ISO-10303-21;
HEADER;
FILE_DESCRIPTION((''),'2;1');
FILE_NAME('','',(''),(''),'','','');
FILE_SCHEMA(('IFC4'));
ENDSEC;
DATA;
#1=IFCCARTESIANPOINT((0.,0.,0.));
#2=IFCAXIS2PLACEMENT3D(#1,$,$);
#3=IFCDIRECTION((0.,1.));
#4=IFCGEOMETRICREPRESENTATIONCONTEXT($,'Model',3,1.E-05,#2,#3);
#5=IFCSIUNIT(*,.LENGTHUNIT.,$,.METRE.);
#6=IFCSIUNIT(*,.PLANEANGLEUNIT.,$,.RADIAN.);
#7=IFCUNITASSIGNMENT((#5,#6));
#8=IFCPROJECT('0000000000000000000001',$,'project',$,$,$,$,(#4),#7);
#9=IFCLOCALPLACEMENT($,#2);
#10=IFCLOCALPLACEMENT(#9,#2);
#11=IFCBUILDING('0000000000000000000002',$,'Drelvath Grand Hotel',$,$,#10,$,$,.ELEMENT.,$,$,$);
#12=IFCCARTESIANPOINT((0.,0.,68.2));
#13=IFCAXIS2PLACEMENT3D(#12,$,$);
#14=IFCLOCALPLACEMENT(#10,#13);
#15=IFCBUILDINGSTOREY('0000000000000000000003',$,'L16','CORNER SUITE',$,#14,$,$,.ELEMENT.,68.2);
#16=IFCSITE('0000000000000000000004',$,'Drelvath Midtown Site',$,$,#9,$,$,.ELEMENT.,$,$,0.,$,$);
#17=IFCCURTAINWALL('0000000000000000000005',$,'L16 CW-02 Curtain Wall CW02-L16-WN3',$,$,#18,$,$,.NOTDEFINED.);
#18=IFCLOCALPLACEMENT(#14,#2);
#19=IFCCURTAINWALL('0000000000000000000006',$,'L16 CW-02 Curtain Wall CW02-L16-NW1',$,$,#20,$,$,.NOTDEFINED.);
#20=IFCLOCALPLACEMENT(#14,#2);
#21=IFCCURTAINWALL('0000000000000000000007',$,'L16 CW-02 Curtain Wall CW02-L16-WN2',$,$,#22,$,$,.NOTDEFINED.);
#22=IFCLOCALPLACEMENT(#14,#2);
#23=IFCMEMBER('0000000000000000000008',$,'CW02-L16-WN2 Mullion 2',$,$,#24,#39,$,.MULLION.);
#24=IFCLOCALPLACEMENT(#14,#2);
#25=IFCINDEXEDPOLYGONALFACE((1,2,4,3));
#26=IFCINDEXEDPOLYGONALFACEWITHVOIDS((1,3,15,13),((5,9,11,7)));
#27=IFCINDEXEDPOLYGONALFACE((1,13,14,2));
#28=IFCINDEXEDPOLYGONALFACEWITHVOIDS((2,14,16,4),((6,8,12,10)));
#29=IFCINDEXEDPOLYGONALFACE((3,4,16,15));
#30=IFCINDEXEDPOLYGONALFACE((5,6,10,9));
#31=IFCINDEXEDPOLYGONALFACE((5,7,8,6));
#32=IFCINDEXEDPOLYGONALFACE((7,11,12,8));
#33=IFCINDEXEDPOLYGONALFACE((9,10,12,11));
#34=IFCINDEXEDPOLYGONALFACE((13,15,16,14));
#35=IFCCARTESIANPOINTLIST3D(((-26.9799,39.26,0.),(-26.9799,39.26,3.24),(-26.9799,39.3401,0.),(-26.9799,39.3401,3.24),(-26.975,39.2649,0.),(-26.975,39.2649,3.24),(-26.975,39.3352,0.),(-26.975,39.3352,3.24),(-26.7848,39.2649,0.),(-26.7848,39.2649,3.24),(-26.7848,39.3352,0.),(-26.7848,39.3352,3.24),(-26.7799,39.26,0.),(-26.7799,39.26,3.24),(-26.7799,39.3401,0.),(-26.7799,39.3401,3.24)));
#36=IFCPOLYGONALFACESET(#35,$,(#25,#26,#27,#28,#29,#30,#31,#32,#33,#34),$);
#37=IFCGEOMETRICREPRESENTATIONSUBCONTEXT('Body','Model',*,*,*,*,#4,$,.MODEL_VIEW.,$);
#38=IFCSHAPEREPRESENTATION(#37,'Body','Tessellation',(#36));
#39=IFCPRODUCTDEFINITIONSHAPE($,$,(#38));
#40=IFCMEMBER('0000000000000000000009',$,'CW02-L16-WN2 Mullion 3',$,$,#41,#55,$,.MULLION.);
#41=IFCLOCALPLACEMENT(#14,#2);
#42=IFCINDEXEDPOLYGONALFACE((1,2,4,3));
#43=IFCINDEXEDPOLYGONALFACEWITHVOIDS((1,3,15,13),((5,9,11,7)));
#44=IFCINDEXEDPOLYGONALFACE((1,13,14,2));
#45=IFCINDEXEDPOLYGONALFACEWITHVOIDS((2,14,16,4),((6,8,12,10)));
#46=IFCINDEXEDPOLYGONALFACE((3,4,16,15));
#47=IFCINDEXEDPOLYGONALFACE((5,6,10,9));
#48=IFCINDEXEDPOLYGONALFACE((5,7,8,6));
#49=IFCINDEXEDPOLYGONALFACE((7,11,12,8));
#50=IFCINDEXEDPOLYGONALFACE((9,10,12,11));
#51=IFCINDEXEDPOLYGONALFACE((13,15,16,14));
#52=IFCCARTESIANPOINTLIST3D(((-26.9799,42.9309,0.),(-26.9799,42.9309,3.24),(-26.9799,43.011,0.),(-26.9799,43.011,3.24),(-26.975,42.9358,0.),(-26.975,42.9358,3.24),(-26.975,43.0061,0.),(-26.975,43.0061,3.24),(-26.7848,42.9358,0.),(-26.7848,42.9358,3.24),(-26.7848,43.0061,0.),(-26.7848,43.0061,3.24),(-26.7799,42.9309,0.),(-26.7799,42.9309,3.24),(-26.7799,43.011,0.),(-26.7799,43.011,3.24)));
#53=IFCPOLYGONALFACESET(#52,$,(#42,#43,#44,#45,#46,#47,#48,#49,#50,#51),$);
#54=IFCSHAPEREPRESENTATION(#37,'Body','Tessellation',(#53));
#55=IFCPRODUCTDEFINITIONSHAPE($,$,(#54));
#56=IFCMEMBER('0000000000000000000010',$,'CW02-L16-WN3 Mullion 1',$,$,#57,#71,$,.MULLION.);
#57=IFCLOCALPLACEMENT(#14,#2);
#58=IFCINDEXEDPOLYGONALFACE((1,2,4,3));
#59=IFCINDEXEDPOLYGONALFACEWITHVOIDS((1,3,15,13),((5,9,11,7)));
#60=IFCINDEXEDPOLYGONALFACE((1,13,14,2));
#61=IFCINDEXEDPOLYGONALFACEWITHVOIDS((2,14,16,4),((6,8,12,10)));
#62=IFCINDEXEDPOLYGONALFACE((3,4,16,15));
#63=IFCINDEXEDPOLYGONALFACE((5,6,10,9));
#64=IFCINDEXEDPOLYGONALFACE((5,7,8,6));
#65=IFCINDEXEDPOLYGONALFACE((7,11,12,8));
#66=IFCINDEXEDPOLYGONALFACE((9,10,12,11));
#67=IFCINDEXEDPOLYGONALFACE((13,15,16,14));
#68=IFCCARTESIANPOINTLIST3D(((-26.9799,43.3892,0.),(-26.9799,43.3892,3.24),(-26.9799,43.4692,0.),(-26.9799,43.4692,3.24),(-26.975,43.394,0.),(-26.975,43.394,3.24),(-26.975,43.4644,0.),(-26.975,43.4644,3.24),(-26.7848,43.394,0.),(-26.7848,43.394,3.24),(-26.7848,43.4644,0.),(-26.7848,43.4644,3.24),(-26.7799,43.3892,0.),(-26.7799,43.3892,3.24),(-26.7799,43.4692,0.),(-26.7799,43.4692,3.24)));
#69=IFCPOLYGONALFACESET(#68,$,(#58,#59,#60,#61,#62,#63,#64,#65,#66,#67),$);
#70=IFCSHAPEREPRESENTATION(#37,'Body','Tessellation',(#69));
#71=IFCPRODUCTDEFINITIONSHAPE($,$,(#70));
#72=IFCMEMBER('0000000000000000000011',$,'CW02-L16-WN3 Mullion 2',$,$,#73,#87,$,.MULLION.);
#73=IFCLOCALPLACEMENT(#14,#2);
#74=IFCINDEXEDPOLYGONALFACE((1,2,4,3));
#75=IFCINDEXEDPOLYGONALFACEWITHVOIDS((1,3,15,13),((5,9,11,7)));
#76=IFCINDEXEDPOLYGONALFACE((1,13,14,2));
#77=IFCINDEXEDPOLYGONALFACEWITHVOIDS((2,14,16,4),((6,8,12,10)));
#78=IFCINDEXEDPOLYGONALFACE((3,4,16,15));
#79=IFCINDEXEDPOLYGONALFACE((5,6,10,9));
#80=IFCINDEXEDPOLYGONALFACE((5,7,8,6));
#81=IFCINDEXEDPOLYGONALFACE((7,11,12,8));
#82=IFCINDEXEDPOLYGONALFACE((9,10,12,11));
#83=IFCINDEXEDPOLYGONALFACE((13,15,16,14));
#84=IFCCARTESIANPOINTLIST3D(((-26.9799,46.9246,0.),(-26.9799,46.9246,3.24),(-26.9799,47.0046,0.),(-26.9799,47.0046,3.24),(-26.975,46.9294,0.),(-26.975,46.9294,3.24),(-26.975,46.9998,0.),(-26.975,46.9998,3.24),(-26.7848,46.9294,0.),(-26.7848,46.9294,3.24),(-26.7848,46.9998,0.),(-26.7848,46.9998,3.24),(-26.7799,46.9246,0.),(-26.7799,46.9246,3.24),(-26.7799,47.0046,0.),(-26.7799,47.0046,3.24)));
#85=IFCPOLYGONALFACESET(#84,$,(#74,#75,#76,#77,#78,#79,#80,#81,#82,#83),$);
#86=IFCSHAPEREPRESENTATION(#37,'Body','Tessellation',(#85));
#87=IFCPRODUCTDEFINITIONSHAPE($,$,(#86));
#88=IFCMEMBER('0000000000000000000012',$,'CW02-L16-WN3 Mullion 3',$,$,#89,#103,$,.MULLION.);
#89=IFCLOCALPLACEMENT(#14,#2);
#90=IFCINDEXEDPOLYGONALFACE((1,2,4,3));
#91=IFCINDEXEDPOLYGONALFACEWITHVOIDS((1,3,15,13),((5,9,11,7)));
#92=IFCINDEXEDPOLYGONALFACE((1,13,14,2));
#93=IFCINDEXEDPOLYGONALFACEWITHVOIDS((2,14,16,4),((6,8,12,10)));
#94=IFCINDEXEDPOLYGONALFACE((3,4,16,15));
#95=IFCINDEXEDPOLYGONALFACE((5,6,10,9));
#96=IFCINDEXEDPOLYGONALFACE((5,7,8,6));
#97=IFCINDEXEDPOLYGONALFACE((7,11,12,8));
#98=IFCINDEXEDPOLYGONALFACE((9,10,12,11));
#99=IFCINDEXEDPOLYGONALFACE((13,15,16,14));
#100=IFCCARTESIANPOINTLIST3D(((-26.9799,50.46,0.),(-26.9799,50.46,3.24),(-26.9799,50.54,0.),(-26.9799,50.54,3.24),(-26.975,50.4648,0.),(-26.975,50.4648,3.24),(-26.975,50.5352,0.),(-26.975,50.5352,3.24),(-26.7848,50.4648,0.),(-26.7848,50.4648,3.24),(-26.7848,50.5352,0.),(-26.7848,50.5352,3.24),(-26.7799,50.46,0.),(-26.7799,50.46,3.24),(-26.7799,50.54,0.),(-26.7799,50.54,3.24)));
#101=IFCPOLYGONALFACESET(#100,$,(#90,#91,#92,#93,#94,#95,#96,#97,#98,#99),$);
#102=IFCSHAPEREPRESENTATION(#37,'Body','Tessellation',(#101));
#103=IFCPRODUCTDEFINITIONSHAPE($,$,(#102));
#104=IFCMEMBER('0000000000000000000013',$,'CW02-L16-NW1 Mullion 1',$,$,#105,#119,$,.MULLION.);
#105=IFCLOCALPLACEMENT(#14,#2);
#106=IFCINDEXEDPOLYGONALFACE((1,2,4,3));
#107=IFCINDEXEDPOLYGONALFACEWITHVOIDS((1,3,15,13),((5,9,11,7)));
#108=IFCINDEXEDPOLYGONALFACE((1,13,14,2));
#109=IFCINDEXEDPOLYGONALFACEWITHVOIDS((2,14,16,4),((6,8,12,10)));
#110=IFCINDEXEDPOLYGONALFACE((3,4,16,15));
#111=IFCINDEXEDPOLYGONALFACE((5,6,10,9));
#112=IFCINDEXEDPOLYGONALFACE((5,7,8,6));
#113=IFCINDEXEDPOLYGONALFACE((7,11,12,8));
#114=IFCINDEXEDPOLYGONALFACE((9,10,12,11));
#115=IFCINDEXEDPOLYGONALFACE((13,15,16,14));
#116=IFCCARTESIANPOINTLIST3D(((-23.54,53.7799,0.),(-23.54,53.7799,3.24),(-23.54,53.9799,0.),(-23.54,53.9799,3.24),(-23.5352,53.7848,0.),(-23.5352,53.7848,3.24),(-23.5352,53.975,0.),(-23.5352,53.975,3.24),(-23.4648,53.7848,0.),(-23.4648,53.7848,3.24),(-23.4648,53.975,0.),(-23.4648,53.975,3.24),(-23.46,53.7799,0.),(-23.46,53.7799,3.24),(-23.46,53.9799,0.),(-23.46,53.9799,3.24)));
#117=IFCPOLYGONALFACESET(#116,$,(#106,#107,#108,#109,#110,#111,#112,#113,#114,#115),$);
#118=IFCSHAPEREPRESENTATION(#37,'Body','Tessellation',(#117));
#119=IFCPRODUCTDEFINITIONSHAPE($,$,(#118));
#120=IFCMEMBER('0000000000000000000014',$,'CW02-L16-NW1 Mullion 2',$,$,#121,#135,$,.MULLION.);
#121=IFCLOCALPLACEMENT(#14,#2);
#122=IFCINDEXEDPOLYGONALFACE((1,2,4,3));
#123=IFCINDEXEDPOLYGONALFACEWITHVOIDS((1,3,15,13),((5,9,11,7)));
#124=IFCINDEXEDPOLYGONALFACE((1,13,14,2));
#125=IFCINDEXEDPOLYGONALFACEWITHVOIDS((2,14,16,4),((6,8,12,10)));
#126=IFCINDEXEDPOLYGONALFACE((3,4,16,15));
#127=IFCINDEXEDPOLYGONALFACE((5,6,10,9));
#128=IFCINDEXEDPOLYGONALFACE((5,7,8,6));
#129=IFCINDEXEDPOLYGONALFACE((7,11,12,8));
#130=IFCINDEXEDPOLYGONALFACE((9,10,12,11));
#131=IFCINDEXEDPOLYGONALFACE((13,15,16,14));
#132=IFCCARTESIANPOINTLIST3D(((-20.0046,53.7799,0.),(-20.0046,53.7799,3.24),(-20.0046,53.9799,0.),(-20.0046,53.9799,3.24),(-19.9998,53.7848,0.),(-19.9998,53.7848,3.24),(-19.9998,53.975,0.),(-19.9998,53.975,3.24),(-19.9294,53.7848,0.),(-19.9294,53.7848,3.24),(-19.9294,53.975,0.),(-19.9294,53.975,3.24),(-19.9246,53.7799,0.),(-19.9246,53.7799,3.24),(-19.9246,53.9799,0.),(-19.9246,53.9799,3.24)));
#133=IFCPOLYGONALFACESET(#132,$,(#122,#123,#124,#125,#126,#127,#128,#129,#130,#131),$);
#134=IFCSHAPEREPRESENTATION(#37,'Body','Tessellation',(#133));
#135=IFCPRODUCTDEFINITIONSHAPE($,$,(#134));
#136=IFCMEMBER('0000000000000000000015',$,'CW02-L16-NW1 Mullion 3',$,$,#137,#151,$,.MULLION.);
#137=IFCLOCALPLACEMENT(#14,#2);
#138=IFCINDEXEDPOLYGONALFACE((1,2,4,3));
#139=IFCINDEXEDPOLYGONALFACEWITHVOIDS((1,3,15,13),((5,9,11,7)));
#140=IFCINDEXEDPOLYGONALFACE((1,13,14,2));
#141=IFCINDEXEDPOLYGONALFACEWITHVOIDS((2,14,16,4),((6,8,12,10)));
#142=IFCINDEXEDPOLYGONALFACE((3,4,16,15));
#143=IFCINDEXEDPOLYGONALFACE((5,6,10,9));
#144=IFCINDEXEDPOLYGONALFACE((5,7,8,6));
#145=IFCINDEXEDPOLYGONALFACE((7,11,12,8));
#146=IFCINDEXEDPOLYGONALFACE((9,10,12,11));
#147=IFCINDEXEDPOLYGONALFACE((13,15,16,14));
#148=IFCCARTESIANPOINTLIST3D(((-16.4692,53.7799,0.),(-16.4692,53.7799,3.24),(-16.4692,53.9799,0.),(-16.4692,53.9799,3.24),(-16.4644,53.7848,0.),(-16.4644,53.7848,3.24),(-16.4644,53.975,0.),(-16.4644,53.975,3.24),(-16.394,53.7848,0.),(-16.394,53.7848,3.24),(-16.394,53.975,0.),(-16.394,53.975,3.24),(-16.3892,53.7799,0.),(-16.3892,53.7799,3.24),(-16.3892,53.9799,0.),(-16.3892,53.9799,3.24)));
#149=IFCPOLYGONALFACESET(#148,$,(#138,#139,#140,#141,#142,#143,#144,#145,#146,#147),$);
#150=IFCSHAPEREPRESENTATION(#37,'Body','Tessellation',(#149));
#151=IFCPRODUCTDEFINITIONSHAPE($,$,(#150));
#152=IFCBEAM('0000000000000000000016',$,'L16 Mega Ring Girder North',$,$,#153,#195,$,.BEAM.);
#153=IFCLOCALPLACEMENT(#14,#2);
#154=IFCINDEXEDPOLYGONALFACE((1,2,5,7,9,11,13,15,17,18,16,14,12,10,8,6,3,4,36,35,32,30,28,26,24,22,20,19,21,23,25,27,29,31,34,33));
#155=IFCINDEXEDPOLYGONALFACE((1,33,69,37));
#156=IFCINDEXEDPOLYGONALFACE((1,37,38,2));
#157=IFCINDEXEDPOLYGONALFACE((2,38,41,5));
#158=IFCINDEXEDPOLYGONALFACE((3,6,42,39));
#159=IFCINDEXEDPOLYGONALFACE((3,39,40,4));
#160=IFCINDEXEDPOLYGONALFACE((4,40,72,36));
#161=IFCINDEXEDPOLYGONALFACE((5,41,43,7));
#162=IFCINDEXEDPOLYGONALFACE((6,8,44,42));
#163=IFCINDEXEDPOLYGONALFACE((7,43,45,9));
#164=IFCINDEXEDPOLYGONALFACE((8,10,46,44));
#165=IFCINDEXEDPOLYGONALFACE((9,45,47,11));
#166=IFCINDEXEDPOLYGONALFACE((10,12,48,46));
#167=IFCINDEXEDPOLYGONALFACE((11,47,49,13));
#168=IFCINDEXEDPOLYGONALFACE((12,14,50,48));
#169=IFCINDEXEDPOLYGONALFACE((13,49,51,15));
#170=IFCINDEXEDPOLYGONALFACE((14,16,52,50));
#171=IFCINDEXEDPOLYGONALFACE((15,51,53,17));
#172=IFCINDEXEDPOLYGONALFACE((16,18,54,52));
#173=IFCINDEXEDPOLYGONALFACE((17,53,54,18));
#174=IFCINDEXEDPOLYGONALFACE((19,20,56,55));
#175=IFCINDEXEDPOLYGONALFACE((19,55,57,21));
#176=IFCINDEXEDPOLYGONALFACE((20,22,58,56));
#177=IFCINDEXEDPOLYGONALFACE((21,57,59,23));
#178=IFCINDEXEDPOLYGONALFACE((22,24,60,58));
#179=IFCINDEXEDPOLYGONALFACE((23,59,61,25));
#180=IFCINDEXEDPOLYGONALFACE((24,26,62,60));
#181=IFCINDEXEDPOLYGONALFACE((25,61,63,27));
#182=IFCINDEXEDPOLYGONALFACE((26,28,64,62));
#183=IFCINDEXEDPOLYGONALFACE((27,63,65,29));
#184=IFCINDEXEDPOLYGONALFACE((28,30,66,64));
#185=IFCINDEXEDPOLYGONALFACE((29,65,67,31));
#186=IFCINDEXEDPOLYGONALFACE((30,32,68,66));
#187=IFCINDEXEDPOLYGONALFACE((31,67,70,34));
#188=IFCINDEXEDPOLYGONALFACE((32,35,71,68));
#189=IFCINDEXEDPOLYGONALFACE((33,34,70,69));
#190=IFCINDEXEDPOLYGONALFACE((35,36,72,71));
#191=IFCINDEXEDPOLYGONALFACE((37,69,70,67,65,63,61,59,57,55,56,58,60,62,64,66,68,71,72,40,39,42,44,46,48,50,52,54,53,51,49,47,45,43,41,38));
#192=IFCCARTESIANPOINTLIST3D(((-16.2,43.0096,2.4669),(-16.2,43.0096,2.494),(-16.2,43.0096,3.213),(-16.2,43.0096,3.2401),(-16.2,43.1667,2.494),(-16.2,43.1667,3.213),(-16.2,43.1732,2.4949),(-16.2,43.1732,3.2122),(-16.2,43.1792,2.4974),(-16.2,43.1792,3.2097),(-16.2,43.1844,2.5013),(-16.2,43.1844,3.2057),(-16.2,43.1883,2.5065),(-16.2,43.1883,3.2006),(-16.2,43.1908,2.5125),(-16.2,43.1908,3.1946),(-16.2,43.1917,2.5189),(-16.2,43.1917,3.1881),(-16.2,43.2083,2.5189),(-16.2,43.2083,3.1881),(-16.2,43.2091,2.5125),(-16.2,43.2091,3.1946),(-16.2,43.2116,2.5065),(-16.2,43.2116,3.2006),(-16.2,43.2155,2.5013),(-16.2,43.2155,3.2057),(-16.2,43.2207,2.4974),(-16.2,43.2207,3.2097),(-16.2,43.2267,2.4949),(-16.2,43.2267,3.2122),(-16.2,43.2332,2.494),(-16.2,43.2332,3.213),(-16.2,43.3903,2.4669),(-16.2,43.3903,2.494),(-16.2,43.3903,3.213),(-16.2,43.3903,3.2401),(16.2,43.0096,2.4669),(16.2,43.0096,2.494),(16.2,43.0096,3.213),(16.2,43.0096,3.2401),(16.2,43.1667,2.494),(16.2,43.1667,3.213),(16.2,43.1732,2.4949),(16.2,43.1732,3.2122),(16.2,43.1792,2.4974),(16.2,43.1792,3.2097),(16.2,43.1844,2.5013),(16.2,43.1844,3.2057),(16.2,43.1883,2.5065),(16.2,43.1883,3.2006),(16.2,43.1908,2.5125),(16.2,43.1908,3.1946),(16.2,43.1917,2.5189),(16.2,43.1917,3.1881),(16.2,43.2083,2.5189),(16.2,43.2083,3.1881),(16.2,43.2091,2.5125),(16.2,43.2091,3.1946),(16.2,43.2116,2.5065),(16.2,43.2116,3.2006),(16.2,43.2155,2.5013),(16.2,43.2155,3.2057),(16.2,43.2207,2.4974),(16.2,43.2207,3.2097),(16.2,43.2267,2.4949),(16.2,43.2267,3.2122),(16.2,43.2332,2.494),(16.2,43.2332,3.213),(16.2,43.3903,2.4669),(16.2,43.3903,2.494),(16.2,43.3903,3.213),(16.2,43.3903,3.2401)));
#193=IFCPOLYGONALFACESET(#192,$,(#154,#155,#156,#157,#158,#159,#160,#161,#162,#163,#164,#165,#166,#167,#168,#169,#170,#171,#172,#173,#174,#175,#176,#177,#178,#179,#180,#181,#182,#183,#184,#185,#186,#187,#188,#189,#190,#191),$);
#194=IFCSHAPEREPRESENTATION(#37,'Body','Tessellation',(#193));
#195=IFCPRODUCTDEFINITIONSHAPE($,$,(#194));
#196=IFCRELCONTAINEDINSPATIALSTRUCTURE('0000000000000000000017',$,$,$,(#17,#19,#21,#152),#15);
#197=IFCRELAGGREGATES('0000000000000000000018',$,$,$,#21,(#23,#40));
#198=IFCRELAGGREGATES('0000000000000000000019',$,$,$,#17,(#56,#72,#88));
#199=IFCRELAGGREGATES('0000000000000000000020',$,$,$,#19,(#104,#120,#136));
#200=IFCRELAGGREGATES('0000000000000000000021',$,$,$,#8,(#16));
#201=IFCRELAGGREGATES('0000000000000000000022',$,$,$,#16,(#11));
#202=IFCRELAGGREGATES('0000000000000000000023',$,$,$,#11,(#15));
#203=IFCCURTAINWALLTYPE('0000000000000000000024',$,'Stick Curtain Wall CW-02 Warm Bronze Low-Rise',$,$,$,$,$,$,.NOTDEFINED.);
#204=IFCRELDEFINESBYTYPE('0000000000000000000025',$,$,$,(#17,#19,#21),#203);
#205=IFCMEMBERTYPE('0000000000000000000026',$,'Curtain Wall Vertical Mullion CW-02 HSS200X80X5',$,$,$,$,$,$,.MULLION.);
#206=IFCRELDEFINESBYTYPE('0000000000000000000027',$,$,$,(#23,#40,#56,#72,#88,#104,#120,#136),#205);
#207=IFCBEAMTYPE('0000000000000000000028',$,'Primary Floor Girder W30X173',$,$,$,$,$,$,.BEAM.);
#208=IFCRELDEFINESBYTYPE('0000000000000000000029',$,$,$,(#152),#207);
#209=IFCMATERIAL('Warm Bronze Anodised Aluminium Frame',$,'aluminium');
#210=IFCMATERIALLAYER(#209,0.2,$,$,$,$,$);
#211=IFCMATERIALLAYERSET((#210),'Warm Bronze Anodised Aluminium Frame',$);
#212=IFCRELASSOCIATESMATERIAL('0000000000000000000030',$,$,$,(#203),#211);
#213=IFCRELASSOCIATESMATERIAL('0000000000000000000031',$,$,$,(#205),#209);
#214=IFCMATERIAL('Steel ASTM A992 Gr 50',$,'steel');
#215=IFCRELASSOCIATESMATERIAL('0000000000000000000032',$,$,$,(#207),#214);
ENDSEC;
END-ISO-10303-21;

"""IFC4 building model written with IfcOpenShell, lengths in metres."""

from ifc_helpers import new_model, si_unit, direction, frame, origin, origin_2d, place, context, subcontext, project, spatial, hollow_rectangle, i_section, extrude, material, layer, layer_set, material_profile, profile_set, type_object, element, aggregate, save


model = new_model("IFC4")

# Units and contexts
model_context = context("Model", 3, precision=1e-05, world=origin(), true_north=direction((0.0, 1.0)))
body_context = subcontext(model_context, "Body", "Model", "MODEL_VIEW")
ifc_project = project(units=[si_unit("LENGTHUNIT", "METRE"), si_unit("PLANEANGLEUNIT", "RADIAN")], contexts=[model_context])

# Site, building, storey
site_placement = place(None, origin())
site = spatial("IfcSite", under=ifc_project, at=site_placement, Name="Drelvath Midtown Site", CompositionType="ELEMENT", RefElevation=0.0)
building_placement = place(site_placement, origin())
building = spatial("IfcBuilding", under=site, at=building_placement, Name="Drelvath Grand Hotel", CompositionType="ELEMENT")
storey_placement = place(building_placement, frame((0.0, 0.0, 68.2)))
storey = spatial("IfcBuildingStorey", under=building, at=storey_placement, Name="L16", Description="CORNER SUITE", CompositionType="ELEMENT", Elevation=68.2)

# Shared definitions
ifc_material_1 = material(Name="Steel ASTM A992 Gr 50", Category="steel")

# Curtain walls
ifc_material_2 = material(Name="Warm Bronze Anodised Aluminium Frame", Category="aluminium")
ifc_layer_1 = layer(ifc_material_2, 0.2)
ifc_layer_set_1 = layer_set([ifc_layer_1], Name="Warm Bronze Anodised Aluminium Frame")
curtain_wall_type = type_object("IfcCurtainWallType", Name="Stick Curtain Wall CW-02 Warm Bronze Low-Rise", PredefinedType="NOTDEFINED", material=ifc_layer_set_1)
curtain_wall_1_placement = place(storey_placement, origin())
curtain_wall_1 = element("IfcCurtainWall", 1, at=curtain_wall_1_placement, inside=storey, type_object=curtain_wall_type, Name="L16 CW-02 Curtain Wall CW02-L16-WN3", PredefinedType="NOTDEFINED")
curtain_wall_2_placement = place(storey_placement, origin())
curtain_wall_2 = element("IfcCurtainWall", 2, at=curtain_wall_2_placement, inside=storey, type_object=curtain_wall_type, Name="L16 CW-02 Curtain Wall CW02-L16-NW1", PredefinedType="NOTDEFINED")

# Curtain wall, members
curtain_wall_3_placement = place(storey_placement, origin())
curtain_wall_3 = element("IfcCurtainWall", 3, at=curtain_wall_3_placement, inside=storey, type_object=curtain_wall_type, Name="L16 CW-02 Curtain Wall CW02-L16-WN2", PredefinedType="NOTDEFINED")
ifc_material_profile_1 = material_profile(ifc_material_2, hollow_rectangle(XDim=0.0801, YDim=0.2, WallThickness=0.0049, at=origin_2d()), Name="HSS200X80X5")
ifc_profile_set_1 = profile_set([ifc_material_profile_1], Name="Warm Bronze Anodised Aluminium Frame")
member_type_1 = type_object("IfcMemberType", Name="Curtain Wall Vertical Mullion CW-02 HSS200X80X5", PredefinedType="MULLION", material=ifc_profile_set_1)
member_1_placement = place(storey_placement, frame((-26.8799, 39.3, 0.0), z_axis=(0.0, 0.0, 1.0), x_axis=(0.0, 1.0, 0.0)))
member_1 = element("IfcMember", 4, at=member_1_placement, type_object=member_type_1, Name="CW02-L16-WN2 Mullion 2", PredefinedType="MULLION", context=body_context, shape_type="SweptSolid", body=[
    extrude(hollow_rectangle(XDim=0.0801, YDim=0.2, WallThickness=0.0049, at=origin_2d()), origin(), (0.0, 0.0, 1.0), 3.24),
])
member_2_placement = place(storey_placement, frame((-26.8799, 42.9709, 0.0), z_axis=(0.0, 0.0, 1.0), x_axis=(0.0, 1.0, 0.0)))
member_2 = element("IfcMember", 5, at=member_2_placement, type_object=member_type_1, Name="CW02-L16-WN2 Mullion 3", PredefinedType="MULLION", context=body_context, shape_type="SweptSolid", body=[
    extrude(hollow_rectangle(XDim=0.0801, YDim=0.2, WallThickness=0.0049, at=origin_2d()), origin(), (0.0, 0.0, 1.0), 3.24),
])

# Members
member_3_placement = place(storey_placement, frame((-26.8799, 43.4292, 0.0), z_axis=(0.0, 0.0, 1.0), x_axis=(0.0, 1.0, 0.0)))
member_3 = element("IfcMember", 6, at=member_3_placement, type_object=member_type_1, Name="CW02-L16-WN3 Mullion 1", PredefinedType="MULLION", context=body_context, shape_type="SweptSolid", body=[
    extrude(hollow_rectangle(XDim=0.0801, YDim=0.2, WallThickness=0.0049, at=origin_2d()), origin(), (0.0, 0.0, 1.0), 3.24),
])
member_4_placement = place(storey_placement, frame((-26.8799, 46.9646, 0.0), z_axis=(0.0, 0.0, 1.0), x_axis=(0.0, 1.0, 0.0)))
member_4 = element("IfcMember", 7, at=member_4_placement, type_object=member_type_1, Name="CW02-L16-WN3 Mullion 2", PredefinedType="MULLION", context=body_context, shape_type="SweptSolid", body=[
    extrude(hollow_rectangle(XDim=0.0801, YDim=0.2, WallThickness=0.0049, at=origin_2d()), origin(), (0.0, 0.0, 1.0), 3.24),
])
member_5_placement = place(storey_placement, frame((-26.8799, 50.5, 0.0), z_axis=(0.0, 0.0, 1.0), x_axis=(0.0, 1.0, 0.0)))
member_5 = element("IfcMember", 8, at=member_5_placement, type_object=member_type_1, Name="CW02-L16-WN3 Mullion 3", PredefinedType="MULLION", context=body_context, shape_type="SweptSolid", body=[
    extrude(hollow_rectangle(XDim=0.0801, YDim=0.2, WallThickness=0.0049, at=origin_2d()), origin(), (0.0, 0.0, 1.0), 3.24),
])
member_6_placement = place(storey_placement, frame((-23.5, 53.8799, 0.0), z_axis=(0.0, 0.0, 1.0), x_axis=(1.0, 0.0, 0.0)))
member_6 = element("IfcMember", 9, at=member_6_placement, type_object=member_type_1, Name="CW02-L16-NW1 Mullion 1", PredefinedType="MULLION", context=body_context, shape_type="SweptSolid", body=[
    extrude(hollow_rectangle(XDim=0.0801, YDim=0.2, WallThickness=0.0049, at=origin_2d()), origin(), (0.0, 0.0, 1.0), 3.24),
])
member_7_placement = place(storey_placement, frame((-19.9646, 53.8799, 0.0), z_axis=(0.0, 0.0, 1.0), x_axis=(1.0, 0.0, 0.0)))
member_7 = element("IfcMember", 10, at=member_7_placement, type_object=member_type_1, Name="CW02-L16-NW1 Mullion 2", PredefinedType="MULLION", context=body_context, shape_type="SweptSolid", body=[
    extrude(hollow_rectangle(XDim=0.0801, YDim=0.2, WallThickness=0.0049, at=origin_2d()), origin(), (0.0, 0.0, 1.0), 3.24),
])
member_8_placement = place(storey_placement, frame((-16.4292, 53.8799, 0.0), z_axis=(0.0, 0.0, 1.0), x_axis=(1.0, 0.0, 0.0)))
member_8 = element("IfcMember", 11, at=member_8_placement, type_object=member_type_1, Name="CW02-L16-NW1 Mullion 3", PredefinedType="MULLION", context=body_context, shape_type="SweptSolid", body=[
    extrude(hollow_rectangle(XDim=0.0801, YDim=0.2, WallThickness=0.0049, at=origin_2d()), origin(), (0.0, 0.0, 1.0), 3.24),
])

# Beam
ifc_material_profile_2 = material_profile(ifc_material_1, i_section(OverallWidth=0.3806, OverallDepth=0.7732, WebThickness=0.0166, FlangeThickness=0.0271, FilletRadius=0.0249, at=origin_2d()), Name="W30X173")
ifc_profile_set_2 = profile_set([ifc_material_profile_2], Name="Steel ASTM A992 Gr 50")
beam_type_1 = type_object("IfcBeamType", Name="Primary Floor Girder W30X173", PredefinedType="BEAM", material=ifc_profile_set_2)
beam_1_placement = place(storey_placement, frame((-16.2, 43.2, 2.8535), z_axis=(1.0, 0.0, 0.0), x_axis=(0.0, 1.0, 0.0)))
element("IfcBeam", 12, at=beam_1_placement, inside=storey, type_object=beam_type_1, Name="L16 Mega Ring Girder North", PredefinedType="BEAM", context=body_context, shape_type="SweptSolid", body=[
    extrude(i_section(OverallWidth=0.3806, OverallDepth=0.7732, WebThickness=0.0166, FlangeThickness=0.0271, FilletRadius=0.0249, at=origin_2d()), origin(), (0.0, 0.0, 1.0), 32.3999),
])

aggregate(curtain_wall_3, [member_1, member_2])
aggregate(curtain_wall_1, [member_3, member_4, member_5])
aggregate(curtain_wall_2, [member_6, member_7, member_8])

save(model, "model.ifc")
